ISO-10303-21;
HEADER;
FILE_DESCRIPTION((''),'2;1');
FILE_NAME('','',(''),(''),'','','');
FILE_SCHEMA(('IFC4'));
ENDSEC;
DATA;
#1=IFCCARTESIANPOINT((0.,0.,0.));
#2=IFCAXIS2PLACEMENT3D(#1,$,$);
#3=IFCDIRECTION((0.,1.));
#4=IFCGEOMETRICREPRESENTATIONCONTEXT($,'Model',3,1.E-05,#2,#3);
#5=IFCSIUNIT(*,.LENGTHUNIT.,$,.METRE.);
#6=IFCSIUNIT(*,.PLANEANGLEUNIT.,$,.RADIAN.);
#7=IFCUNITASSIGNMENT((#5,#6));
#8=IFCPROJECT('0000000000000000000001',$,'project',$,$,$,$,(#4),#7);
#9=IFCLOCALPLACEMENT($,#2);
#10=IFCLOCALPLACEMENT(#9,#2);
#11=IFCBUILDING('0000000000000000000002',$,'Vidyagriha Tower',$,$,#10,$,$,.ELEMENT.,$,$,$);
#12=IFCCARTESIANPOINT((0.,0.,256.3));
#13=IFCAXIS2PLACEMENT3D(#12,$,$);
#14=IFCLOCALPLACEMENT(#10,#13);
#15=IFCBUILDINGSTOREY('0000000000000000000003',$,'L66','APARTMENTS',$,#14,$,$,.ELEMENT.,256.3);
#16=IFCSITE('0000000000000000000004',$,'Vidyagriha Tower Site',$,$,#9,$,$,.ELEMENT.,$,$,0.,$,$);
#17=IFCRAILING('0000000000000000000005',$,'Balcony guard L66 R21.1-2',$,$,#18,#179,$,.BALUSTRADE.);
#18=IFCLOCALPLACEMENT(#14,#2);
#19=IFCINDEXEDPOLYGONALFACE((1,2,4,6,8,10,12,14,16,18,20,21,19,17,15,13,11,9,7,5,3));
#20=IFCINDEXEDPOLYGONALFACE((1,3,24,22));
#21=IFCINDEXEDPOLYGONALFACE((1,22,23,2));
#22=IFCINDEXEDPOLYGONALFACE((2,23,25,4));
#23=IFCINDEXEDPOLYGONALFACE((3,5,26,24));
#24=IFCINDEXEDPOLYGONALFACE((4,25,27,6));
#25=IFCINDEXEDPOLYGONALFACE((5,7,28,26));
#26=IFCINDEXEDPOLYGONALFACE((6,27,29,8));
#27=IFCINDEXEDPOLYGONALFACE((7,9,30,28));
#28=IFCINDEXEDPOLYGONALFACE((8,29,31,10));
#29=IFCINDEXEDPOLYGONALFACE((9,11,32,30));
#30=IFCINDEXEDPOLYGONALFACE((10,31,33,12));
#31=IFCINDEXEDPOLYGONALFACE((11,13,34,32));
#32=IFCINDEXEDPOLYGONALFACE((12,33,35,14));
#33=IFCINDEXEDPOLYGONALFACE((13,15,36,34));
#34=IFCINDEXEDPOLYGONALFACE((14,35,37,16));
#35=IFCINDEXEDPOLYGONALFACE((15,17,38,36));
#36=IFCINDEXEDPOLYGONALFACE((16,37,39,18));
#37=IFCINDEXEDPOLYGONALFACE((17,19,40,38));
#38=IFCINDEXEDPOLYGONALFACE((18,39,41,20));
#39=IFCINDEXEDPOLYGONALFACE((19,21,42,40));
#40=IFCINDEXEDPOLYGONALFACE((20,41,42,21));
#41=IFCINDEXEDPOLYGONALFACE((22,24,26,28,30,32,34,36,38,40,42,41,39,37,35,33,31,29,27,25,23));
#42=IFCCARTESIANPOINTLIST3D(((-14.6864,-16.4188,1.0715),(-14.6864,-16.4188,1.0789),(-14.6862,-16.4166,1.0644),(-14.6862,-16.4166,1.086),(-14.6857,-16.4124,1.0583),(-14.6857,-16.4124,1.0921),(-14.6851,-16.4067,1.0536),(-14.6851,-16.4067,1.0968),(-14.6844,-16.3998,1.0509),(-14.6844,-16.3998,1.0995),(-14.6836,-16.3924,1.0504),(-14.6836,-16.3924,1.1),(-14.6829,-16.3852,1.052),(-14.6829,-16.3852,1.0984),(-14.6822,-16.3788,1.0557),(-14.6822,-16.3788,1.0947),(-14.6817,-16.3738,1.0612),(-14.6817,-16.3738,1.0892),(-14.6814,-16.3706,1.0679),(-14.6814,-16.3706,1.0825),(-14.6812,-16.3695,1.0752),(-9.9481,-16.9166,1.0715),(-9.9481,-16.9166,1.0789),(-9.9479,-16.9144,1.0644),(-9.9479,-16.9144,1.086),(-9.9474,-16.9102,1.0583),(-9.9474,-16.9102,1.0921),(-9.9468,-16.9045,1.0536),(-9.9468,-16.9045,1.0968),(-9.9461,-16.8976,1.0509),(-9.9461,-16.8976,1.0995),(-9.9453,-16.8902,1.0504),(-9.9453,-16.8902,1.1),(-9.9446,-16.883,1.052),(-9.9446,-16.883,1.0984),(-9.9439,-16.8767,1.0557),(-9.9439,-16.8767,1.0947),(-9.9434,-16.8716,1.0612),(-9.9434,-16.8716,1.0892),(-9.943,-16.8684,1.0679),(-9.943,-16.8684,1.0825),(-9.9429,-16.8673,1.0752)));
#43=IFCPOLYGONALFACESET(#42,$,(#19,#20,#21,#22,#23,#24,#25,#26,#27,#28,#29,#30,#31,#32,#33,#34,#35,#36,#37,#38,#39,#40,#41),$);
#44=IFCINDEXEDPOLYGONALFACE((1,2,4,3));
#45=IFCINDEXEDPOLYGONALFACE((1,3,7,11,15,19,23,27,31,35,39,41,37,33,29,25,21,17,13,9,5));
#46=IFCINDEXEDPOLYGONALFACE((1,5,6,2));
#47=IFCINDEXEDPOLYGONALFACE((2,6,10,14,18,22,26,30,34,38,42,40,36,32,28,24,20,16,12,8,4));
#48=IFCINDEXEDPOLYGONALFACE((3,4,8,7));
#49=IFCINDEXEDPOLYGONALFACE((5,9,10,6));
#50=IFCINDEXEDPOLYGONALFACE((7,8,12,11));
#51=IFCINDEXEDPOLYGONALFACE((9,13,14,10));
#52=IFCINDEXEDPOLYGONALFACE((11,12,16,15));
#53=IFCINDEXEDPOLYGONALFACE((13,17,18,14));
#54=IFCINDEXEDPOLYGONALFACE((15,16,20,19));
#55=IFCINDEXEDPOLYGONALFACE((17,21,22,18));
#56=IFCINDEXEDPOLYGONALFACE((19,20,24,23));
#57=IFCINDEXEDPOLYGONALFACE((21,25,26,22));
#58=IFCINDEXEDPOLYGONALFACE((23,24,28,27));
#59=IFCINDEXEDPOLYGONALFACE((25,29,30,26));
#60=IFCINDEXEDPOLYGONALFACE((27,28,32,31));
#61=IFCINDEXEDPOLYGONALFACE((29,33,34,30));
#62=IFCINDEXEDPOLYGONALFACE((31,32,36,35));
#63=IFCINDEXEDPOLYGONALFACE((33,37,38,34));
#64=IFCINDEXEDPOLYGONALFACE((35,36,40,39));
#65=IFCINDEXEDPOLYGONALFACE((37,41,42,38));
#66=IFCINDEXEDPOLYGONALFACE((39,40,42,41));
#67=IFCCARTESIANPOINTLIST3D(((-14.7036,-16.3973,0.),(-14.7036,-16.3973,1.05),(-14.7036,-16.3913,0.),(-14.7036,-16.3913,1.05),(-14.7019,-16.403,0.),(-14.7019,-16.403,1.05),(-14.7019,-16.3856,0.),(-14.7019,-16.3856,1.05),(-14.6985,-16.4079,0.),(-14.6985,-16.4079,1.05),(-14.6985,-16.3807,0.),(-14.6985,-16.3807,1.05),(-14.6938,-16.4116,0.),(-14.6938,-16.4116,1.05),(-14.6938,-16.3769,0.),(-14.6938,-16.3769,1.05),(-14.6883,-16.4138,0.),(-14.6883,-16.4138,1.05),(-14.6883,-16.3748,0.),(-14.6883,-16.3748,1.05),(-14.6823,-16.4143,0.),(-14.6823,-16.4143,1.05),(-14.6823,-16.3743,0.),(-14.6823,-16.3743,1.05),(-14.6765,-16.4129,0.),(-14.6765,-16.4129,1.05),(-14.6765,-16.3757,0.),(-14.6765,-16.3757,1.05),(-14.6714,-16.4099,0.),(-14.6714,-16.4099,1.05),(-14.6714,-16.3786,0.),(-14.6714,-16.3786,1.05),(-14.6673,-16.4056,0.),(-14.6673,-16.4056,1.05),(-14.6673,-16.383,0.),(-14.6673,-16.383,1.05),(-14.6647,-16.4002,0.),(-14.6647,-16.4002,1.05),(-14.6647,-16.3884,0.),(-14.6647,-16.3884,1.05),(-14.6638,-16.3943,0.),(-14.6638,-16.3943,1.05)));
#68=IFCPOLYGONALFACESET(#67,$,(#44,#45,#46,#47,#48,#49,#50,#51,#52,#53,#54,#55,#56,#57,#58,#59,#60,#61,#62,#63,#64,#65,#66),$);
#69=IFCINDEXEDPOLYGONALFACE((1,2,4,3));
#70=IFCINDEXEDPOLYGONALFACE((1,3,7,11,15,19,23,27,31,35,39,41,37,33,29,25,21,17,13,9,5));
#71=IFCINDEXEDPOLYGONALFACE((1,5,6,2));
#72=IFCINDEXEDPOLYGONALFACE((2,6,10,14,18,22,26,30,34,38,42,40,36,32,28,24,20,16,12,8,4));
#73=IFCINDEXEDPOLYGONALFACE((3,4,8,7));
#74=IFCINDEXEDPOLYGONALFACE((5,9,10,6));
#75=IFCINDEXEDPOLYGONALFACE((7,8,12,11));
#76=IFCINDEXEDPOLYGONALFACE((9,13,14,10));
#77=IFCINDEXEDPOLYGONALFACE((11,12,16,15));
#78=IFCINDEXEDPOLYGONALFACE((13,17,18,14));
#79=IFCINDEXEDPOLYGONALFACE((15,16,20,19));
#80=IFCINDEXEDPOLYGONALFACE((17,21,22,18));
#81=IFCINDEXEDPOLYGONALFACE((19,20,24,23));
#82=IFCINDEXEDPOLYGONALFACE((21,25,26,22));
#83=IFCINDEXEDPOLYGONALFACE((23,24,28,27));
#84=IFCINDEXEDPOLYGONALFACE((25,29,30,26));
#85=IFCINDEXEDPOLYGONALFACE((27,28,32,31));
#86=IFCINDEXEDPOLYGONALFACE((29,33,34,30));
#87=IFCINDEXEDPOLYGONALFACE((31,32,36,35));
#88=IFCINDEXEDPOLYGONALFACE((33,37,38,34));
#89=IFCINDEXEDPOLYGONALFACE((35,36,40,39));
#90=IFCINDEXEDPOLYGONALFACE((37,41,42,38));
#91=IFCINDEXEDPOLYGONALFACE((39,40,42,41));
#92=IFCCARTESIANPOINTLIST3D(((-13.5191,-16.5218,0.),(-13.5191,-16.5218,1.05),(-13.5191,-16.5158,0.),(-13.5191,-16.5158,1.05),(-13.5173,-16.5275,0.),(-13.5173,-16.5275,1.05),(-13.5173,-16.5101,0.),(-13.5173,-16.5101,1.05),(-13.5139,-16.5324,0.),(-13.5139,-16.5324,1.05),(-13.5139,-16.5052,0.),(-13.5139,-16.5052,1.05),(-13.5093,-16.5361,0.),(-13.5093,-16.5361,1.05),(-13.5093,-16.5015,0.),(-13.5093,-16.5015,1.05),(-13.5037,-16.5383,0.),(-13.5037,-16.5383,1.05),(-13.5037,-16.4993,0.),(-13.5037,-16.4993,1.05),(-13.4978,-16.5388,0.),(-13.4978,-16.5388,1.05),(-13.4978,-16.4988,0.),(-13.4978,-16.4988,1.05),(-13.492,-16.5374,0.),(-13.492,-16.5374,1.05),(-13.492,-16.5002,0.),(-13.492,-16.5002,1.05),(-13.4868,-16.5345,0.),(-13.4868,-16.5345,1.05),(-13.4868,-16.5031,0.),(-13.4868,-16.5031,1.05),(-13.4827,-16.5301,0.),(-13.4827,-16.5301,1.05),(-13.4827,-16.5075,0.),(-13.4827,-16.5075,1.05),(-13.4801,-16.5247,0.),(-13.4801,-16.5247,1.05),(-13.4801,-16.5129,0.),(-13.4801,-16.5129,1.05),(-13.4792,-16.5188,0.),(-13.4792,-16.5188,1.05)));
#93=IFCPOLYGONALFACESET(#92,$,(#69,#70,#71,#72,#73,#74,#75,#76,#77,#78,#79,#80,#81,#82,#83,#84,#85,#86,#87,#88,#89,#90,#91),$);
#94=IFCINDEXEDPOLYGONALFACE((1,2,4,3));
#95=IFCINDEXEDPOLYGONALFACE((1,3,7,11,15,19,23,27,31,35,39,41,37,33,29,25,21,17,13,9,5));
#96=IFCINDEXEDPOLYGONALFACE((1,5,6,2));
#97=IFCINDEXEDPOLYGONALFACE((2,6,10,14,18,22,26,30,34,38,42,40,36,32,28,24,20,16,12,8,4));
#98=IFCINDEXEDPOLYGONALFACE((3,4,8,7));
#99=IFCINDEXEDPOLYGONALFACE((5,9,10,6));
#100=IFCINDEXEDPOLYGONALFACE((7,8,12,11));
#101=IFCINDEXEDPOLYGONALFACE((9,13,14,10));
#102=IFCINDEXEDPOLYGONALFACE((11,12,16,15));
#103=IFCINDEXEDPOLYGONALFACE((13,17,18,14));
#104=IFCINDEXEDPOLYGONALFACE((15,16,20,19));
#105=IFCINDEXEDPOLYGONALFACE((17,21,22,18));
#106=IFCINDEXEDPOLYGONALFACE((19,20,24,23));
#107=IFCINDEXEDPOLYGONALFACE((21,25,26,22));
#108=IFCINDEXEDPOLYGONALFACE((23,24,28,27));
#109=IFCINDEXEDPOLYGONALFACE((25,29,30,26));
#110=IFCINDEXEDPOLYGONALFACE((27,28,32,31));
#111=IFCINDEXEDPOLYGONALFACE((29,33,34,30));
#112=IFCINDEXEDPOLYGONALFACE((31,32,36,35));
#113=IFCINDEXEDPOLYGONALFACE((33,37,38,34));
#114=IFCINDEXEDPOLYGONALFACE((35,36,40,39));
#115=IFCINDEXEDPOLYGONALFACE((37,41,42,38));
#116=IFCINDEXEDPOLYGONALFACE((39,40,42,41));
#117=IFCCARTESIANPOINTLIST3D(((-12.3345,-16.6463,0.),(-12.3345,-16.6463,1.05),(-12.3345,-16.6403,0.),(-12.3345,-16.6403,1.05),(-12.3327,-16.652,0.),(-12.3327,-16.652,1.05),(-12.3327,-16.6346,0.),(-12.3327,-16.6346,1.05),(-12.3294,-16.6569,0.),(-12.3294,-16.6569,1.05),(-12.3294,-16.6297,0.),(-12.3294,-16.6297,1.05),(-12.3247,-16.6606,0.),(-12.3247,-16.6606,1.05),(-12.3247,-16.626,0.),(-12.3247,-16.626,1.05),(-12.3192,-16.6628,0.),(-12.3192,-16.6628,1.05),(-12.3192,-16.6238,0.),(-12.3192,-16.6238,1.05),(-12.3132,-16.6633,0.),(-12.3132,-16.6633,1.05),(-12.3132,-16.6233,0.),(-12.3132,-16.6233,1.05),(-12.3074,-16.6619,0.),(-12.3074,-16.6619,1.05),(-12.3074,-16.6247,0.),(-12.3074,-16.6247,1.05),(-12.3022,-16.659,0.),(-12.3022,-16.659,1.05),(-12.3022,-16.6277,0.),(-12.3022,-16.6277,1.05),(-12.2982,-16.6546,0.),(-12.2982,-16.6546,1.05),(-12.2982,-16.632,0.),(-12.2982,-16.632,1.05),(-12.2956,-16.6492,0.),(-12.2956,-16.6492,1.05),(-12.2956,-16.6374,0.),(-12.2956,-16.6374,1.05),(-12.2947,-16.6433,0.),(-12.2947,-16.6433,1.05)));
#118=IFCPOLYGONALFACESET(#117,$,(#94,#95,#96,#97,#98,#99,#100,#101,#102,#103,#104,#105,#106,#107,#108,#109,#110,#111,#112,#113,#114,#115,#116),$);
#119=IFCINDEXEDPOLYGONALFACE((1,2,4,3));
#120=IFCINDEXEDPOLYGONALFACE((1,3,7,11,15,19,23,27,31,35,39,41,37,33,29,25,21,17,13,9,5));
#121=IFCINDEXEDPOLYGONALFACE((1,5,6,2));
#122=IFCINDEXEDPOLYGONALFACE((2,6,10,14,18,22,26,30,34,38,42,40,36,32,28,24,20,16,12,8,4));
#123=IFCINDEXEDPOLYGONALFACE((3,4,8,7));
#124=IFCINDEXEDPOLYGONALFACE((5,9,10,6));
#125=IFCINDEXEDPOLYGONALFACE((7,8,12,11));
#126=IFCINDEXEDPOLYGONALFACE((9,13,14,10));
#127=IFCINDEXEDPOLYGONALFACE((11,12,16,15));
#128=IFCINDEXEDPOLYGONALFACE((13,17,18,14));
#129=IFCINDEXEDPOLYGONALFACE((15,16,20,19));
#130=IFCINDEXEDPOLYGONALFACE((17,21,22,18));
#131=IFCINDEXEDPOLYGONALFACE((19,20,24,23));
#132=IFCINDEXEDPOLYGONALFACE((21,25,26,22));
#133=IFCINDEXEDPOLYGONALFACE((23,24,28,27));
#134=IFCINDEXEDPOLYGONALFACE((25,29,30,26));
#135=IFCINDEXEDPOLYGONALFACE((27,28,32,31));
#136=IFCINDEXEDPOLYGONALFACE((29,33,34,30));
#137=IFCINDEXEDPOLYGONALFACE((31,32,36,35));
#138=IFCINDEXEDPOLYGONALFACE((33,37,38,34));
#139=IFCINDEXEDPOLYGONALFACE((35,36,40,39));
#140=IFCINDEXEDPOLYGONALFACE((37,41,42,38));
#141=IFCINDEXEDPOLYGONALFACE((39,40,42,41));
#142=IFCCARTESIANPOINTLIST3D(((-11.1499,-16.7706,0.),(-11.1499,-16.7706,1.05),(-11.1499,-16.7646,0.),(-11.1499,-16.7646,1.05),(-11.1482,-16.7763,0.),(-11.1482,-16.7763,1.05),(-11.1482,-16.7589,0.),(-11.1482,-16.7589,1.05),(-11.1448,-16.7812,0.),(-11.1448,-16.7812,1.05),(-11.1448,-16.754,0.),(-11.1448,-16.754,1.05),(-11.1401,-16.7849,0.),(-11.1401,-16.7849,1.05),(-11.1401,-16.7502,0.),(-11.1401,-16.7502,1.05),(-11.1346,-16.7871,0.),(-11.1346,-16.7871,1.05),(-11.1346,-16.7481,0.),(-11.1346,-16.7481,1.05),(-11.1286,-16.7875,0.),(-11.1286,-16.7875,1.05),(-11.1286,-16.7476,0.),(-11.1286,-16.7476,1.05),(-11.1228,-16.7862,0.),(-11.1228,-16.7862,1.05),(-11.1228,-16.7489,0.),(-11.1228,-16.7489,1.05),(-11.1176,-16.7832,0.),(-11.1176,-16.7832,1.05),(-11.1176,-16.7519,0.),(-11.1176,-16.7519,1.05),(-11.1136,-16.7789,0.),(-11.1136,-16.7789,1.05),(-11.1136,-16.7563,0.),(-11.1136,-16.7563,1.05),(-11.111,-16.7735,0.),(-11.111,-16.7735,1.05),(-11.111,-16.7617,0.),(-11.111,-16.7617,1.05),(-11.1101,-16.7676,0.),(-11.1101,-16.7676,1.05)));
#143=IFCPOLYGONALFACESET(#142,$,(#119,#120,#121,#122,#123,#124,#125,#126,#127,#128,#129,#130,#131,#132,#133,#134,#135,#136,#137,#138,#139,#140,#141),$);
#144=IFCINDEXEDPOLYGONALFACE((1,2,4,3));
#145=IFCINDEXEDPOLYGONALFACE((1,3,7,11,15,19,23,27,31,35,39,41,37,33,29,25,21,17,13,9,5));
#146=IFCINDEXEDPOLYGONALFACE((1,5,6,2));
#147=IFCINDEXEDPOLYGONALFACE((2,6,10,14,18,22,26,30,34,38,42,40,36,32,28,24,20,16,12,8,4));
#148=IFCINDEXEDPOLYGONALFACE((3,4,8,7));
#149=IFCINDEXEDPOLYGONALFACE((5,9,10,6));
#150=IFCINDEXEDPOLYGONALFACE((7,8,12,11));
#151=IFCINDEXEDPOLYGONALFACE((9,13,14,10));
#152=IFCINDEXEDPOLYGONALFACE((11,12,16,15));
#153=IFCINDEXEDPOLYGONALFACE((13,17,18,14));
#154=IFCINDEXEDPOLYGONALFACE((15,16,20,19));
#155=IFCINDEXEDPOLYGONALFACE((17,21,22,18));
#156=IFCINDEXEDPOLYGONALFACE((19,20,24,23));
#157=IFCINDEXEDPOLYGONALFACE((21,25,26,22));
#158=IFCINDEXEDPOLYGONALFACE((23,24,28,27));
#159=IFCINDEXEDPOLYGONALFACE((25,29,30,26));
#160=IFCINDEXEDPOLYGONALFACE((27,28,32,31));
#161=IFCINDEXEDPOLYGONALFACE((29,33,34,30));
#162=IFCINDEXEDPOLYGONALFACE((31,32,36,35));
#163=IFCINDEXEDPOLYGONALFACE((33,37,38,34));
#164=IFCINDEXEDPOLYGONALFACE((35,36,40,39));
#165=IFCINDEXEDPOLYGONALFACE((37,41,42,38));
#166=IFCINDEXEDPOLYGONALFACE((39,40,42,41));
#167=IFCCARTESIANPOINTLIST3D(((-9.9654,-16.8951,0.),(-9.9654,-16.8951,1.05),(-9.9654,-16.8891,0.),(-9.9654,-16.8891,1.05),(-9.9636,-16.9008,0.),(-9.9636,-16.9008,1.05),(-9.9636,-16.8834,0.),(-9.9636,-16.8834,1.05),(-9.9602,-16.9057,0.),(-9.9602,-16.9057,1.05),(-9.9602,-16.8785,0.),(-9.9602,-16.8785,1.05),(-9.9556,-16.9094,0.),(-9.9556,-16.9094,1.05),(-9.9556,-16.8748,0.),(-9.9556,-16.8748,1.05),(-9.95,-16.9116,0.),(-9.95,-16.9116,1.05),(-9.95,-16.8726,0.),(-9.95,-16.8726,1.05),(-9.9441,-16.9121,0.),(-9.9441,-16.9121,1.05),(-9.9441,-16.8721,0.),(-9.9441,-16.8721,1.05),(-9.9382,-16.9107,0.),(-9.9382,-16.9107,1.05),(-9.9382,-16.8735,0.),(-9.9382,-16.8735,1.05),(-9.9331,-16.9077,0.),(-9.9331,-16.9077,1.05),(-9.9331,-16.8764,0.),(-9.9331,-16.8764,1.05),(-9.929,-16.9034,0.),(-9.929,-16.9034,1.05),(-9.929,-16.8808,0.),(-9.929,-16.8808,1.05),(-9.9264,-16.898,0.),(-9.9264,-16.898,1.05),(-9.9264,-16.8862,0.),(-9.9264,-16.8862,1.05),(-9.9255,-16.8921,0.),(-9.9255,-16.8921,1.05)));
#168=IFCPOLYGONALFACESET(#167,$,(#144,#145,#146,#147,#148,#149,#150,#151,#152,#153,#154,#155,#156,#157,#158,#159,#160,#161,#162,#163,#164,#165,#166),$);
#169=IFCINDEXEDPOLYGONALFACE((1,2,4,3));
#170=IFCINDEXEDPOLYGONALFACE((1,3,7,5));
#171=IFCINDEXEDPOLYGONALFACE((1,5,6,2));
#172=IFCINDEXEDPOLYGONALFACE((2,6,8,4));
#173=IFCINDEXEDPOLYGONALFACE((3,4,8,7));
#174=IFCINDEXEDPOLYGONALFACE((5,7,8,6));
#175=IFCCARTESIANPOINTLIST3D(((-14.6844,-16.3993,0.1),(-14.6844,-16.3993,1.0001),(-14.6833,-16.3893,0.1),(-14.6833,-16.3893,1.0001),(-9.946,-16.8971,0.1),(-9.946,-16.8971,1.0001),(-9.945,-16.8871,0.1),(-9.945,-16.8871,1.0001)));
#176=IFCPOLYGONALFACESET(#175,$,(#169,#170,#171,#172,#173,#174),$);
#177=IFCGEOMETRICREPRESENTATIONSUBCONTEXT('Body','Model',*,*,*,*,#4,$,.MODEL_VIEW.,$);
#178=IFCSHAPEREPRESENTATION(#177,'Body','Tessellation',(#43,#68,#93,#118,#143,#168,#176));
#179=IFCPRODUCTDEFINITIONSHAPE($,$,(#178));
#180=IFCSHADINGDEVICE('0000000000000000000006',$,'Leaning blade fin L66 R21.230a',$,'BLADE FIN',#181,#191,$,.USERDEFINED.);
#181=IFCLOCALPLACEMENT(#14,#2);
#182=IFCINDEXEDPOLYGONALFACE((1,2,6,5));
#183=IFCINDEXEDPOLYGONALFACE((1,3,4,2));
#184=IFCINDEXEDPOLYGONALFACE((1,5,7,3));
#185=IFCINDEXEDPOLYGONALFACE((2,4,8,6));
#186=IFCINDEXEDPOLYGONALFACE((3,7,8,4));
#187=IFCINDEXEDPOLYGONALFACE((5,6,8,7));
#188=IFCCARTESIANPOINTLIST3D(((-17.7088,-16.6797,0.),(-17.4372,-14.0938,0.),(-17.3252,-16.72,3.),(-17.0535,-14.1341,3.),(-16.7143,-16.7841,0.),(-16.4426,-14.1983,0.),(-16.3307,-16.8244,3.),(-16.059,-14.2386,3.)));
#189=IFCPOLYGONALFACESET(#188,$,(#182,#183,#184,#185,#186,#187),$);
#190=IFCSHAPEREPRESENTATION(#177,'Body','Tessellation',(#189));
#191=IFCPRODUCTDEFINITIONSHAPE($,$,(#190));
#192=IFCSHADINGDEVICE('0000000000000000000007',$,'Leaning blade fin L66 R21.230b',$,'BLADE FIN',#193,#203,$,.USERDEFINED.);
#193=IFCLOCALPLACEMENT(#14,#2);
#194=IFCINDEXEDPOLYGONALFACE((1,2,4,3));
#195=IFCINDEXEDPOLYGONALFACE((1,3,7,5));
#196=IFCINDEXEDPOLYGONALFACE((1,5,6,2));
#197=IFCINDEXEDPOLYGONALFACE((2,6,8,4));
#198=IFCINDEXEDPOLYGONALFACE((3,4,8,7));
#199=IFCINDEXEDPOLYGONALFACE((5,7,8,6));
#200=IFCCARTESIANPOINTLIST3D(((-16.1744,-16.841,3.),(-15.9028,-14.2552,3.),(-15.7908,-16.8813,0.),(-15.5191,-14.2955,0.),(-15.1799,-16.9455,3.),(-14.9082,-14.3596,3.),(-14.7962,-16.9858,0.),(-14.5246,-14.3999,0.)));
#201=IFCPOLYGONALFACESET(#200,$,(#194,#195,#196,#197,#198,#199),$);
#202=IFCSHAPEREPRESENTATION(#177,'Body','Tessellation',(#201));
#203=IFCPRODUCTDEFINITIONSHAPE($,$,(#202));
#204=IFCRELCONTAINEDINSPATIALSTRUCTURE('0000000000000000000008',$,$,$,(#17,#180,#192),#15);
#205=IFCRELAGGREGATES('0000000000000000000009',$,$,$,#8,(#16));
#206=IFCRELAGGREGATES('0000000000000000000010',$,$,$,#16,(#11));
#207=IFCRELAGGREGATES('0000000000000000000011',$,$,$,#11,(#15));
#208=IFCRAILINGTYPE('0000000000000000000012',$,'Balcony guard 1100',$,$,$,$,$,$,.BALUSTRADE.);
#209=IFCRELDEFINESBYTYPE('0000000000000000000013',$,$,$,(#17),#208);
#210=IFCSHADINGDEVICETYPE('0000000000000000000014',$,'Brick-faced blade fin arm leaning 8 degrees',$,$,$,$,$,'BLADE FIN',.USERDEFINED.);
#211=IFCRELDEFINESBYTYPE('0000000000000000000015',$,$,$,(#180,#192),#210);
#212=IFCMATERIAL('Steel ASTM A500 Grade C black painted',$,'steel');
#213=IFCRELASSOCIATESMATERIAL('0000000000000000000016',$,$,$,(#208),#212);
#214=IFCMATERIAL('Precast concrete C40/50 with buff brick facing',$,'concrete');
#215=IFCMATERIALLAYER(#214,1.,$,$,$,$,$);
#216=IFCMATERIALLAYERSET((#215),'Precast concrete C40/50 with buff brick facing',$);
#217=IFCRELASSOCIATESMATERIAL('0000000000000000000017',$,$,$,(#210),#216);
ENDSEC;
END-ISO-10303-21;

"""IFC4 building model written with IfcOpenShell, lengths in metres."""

from ifc_helpers import new_model, si_unit, direction, frame, origin, origin_2d, place, context, subcontext, project, spatial, polyline, rectangle, circle, outline, extrude, material, layer, layer_set, type_object, element, save


model = new_model("IFC4")

# Units and contexts
model_context = context("Model", 3, precision=1e-05, world=origin(), true_north=direction((0.0, 1.0)))
body_context = subcontext(model_context, "Body", "Model", "MODEL_VIEW")
ifc_project = project(units=[si_unit("LENGTHUNIT", "METRE"), si_unit("PLANEANGLEUNIT", "RADIAN")], contexts=[model_context])

# Site, building, storey
site_placement = place(None, origin())
site = spatial("IfcSite", under=ifc_project, at=site_placement, Name="Vidyagriha Tower Site", CompositionType="ELEMENT", RefElevation=0.0)
building_placement = place(site_placement, origin())
building = spatial("IfcBuilding", under=site, at=building_placement, Name="Vidyagriha Tower", CompositionType="ELEMENT")
storey_placement = place(building_placement, frame((0.0, 0.0, 256.3)))
storey = spatial("IfcBuildingStorey", under=building, at=storey_placement, Name="L66", Description="APARTMENTS", CompositionType="ELEMENT", Elevation=256.3)

# Railing
ifc_material_1 = material(Name="Steel ASTM A500 Grade C black painted", Category="steel")
railing_type_1 = type_object("IfcRailingType", Name="Balcony guard 1100", PredefinedType="BALUSTRADE", material=ifc_material_1)
railing_1_placement = place(storey_placement, frame((-14.6838, -16.3943, 0.0)))
element("IfcRailing", 1, at=railing_1_placement, inside=storey, type_object=railing_type_1, Name="Balcony guard L66 R21.1-2", PredefinedType="BALUSTRADE", context=body_context, shape_type="SweptSolid", body=[
    extrude(circle(Radius=0.0249, at=origin_2d()), frame((0.0, 0.0, 1.0752), z_axis=(0.994526, -0.104485, 0.0), x_axis=(0.104485, 0.994526, 0.0)), (0.0, 0.0, 1.0), 4.7644),
    extrude(circle(Radius=0.02, at=origin_2d()), origin(), (0.0, 0.0, 1.0), 1.05),
    extrude(circle(Radius=0.02, at=origin_2d()), frame((1.1846, -0.1245, 0.0)), (0.0, 0.0, 1.0), 1.05),
    extrude(circle(Radius=0.02, at=origin_2d()), frame((2.3691, -0.249, 0.0)), (0.0, 0.0, 1.0), 1.05),
    extrude(circle(Radius=0.02, at=origin_2d()), frame((3.5537, -0.3733, 0.0)), (0.0, 0.0, 1.0), 1.05),
    extrude(circle(Radius=0.02, at=origin_2d()), frame((4.7383, -0.4978, 0.0)), (0.0, 0.0, 1.0), 1.05),
    extrude(rectangle(XDim=0.01, YDim=0.9001, at=origin_2d()), frame((0.0, 0.0, 0.55), z_axis=(0.994526, -0.104485, 0.0), x_axis=(0.104485, 0.994526, 0.0)), (0.0, 0.0, 1.0), 4.7644),
])

# Shading devices
ifc_material_2 = material(Name="Precast concrete C40/50 with buff brick facing", Category="concrete")
ifc_layer_1 = layer(ifc_material_2, 1.0)
ifc_layer_set_1 = layer_set([ifc_layer_1], Name="Precast concrete C40/50 with buff brick facing")
shading_device_type = type_object("IfcShadingDeviceType", Name="Brick-faced blade fin arm leaning 8 degrees", ElementType="BLADE FIN", PredefinedType="USERDEFINED", material=ifc_layer_set_1)
shading_device_1_placement = place(storey_placement, frame((-17.573, -15.3867, 0.0), z_axis=(0.0, 0.0, 1.0), x_axis=(0.994528, -0.104474, 0.0)))
element("IfcShadingDevice", 2, at=shading_device_1_placement, inside=storey, type_object=shading_device_type, Name="Leaning blade fin L66 R21.230a", ObjectType="BLADE FIN", PredefinedType="USERDEFINED", context=body_context, shape_type="SweptSolid", body=[
    extrude(outline(polyline([(0.0, 0.0), (1.0, 0.0), (1.3857, 3.0), (0.3857, 3.0), (0.0, 0.0)])), frame((0.0, 1.3, 0.0), z_axis=(0.0, -1.0, 0.0), x_axis=(1.0, 0.0, 0.0)), (0.0, 0.0, 1.0), 2.6001),
])
shading_device_2_placement = place(storey_placement, frame((-16.0386, -15.5481, 0.0), z_axis=(0.0, 0.0, 1.0), x_axis=(0.994528, -0.104474, 0.0)))
element("IfcShadingDevice", 3, at=shading_device_2_placement, inside=storey, type_object=shading_device_type, Name="Leaning blade fin L66 R21.230b", ObjectType="BLADE FIN", PredefinedType="USERDEFINED", context=body_context, shape_type="SweptSolid", body=[
    extrude(outline(polyline([(0.3857, 0.0), (1.3857, 0.0), (1.0, 3.0), (0.0, 3.0), (0.3857, 0.0)])), frame((0.0, 1.3, 0.0), z_axis=(0.0, -1.0, 0.0), x_axis=(1.0, 0.0, 0.0)), (0.0, 0.0, 1.0), 2.6001),
])

save(model, "model.ifc")
